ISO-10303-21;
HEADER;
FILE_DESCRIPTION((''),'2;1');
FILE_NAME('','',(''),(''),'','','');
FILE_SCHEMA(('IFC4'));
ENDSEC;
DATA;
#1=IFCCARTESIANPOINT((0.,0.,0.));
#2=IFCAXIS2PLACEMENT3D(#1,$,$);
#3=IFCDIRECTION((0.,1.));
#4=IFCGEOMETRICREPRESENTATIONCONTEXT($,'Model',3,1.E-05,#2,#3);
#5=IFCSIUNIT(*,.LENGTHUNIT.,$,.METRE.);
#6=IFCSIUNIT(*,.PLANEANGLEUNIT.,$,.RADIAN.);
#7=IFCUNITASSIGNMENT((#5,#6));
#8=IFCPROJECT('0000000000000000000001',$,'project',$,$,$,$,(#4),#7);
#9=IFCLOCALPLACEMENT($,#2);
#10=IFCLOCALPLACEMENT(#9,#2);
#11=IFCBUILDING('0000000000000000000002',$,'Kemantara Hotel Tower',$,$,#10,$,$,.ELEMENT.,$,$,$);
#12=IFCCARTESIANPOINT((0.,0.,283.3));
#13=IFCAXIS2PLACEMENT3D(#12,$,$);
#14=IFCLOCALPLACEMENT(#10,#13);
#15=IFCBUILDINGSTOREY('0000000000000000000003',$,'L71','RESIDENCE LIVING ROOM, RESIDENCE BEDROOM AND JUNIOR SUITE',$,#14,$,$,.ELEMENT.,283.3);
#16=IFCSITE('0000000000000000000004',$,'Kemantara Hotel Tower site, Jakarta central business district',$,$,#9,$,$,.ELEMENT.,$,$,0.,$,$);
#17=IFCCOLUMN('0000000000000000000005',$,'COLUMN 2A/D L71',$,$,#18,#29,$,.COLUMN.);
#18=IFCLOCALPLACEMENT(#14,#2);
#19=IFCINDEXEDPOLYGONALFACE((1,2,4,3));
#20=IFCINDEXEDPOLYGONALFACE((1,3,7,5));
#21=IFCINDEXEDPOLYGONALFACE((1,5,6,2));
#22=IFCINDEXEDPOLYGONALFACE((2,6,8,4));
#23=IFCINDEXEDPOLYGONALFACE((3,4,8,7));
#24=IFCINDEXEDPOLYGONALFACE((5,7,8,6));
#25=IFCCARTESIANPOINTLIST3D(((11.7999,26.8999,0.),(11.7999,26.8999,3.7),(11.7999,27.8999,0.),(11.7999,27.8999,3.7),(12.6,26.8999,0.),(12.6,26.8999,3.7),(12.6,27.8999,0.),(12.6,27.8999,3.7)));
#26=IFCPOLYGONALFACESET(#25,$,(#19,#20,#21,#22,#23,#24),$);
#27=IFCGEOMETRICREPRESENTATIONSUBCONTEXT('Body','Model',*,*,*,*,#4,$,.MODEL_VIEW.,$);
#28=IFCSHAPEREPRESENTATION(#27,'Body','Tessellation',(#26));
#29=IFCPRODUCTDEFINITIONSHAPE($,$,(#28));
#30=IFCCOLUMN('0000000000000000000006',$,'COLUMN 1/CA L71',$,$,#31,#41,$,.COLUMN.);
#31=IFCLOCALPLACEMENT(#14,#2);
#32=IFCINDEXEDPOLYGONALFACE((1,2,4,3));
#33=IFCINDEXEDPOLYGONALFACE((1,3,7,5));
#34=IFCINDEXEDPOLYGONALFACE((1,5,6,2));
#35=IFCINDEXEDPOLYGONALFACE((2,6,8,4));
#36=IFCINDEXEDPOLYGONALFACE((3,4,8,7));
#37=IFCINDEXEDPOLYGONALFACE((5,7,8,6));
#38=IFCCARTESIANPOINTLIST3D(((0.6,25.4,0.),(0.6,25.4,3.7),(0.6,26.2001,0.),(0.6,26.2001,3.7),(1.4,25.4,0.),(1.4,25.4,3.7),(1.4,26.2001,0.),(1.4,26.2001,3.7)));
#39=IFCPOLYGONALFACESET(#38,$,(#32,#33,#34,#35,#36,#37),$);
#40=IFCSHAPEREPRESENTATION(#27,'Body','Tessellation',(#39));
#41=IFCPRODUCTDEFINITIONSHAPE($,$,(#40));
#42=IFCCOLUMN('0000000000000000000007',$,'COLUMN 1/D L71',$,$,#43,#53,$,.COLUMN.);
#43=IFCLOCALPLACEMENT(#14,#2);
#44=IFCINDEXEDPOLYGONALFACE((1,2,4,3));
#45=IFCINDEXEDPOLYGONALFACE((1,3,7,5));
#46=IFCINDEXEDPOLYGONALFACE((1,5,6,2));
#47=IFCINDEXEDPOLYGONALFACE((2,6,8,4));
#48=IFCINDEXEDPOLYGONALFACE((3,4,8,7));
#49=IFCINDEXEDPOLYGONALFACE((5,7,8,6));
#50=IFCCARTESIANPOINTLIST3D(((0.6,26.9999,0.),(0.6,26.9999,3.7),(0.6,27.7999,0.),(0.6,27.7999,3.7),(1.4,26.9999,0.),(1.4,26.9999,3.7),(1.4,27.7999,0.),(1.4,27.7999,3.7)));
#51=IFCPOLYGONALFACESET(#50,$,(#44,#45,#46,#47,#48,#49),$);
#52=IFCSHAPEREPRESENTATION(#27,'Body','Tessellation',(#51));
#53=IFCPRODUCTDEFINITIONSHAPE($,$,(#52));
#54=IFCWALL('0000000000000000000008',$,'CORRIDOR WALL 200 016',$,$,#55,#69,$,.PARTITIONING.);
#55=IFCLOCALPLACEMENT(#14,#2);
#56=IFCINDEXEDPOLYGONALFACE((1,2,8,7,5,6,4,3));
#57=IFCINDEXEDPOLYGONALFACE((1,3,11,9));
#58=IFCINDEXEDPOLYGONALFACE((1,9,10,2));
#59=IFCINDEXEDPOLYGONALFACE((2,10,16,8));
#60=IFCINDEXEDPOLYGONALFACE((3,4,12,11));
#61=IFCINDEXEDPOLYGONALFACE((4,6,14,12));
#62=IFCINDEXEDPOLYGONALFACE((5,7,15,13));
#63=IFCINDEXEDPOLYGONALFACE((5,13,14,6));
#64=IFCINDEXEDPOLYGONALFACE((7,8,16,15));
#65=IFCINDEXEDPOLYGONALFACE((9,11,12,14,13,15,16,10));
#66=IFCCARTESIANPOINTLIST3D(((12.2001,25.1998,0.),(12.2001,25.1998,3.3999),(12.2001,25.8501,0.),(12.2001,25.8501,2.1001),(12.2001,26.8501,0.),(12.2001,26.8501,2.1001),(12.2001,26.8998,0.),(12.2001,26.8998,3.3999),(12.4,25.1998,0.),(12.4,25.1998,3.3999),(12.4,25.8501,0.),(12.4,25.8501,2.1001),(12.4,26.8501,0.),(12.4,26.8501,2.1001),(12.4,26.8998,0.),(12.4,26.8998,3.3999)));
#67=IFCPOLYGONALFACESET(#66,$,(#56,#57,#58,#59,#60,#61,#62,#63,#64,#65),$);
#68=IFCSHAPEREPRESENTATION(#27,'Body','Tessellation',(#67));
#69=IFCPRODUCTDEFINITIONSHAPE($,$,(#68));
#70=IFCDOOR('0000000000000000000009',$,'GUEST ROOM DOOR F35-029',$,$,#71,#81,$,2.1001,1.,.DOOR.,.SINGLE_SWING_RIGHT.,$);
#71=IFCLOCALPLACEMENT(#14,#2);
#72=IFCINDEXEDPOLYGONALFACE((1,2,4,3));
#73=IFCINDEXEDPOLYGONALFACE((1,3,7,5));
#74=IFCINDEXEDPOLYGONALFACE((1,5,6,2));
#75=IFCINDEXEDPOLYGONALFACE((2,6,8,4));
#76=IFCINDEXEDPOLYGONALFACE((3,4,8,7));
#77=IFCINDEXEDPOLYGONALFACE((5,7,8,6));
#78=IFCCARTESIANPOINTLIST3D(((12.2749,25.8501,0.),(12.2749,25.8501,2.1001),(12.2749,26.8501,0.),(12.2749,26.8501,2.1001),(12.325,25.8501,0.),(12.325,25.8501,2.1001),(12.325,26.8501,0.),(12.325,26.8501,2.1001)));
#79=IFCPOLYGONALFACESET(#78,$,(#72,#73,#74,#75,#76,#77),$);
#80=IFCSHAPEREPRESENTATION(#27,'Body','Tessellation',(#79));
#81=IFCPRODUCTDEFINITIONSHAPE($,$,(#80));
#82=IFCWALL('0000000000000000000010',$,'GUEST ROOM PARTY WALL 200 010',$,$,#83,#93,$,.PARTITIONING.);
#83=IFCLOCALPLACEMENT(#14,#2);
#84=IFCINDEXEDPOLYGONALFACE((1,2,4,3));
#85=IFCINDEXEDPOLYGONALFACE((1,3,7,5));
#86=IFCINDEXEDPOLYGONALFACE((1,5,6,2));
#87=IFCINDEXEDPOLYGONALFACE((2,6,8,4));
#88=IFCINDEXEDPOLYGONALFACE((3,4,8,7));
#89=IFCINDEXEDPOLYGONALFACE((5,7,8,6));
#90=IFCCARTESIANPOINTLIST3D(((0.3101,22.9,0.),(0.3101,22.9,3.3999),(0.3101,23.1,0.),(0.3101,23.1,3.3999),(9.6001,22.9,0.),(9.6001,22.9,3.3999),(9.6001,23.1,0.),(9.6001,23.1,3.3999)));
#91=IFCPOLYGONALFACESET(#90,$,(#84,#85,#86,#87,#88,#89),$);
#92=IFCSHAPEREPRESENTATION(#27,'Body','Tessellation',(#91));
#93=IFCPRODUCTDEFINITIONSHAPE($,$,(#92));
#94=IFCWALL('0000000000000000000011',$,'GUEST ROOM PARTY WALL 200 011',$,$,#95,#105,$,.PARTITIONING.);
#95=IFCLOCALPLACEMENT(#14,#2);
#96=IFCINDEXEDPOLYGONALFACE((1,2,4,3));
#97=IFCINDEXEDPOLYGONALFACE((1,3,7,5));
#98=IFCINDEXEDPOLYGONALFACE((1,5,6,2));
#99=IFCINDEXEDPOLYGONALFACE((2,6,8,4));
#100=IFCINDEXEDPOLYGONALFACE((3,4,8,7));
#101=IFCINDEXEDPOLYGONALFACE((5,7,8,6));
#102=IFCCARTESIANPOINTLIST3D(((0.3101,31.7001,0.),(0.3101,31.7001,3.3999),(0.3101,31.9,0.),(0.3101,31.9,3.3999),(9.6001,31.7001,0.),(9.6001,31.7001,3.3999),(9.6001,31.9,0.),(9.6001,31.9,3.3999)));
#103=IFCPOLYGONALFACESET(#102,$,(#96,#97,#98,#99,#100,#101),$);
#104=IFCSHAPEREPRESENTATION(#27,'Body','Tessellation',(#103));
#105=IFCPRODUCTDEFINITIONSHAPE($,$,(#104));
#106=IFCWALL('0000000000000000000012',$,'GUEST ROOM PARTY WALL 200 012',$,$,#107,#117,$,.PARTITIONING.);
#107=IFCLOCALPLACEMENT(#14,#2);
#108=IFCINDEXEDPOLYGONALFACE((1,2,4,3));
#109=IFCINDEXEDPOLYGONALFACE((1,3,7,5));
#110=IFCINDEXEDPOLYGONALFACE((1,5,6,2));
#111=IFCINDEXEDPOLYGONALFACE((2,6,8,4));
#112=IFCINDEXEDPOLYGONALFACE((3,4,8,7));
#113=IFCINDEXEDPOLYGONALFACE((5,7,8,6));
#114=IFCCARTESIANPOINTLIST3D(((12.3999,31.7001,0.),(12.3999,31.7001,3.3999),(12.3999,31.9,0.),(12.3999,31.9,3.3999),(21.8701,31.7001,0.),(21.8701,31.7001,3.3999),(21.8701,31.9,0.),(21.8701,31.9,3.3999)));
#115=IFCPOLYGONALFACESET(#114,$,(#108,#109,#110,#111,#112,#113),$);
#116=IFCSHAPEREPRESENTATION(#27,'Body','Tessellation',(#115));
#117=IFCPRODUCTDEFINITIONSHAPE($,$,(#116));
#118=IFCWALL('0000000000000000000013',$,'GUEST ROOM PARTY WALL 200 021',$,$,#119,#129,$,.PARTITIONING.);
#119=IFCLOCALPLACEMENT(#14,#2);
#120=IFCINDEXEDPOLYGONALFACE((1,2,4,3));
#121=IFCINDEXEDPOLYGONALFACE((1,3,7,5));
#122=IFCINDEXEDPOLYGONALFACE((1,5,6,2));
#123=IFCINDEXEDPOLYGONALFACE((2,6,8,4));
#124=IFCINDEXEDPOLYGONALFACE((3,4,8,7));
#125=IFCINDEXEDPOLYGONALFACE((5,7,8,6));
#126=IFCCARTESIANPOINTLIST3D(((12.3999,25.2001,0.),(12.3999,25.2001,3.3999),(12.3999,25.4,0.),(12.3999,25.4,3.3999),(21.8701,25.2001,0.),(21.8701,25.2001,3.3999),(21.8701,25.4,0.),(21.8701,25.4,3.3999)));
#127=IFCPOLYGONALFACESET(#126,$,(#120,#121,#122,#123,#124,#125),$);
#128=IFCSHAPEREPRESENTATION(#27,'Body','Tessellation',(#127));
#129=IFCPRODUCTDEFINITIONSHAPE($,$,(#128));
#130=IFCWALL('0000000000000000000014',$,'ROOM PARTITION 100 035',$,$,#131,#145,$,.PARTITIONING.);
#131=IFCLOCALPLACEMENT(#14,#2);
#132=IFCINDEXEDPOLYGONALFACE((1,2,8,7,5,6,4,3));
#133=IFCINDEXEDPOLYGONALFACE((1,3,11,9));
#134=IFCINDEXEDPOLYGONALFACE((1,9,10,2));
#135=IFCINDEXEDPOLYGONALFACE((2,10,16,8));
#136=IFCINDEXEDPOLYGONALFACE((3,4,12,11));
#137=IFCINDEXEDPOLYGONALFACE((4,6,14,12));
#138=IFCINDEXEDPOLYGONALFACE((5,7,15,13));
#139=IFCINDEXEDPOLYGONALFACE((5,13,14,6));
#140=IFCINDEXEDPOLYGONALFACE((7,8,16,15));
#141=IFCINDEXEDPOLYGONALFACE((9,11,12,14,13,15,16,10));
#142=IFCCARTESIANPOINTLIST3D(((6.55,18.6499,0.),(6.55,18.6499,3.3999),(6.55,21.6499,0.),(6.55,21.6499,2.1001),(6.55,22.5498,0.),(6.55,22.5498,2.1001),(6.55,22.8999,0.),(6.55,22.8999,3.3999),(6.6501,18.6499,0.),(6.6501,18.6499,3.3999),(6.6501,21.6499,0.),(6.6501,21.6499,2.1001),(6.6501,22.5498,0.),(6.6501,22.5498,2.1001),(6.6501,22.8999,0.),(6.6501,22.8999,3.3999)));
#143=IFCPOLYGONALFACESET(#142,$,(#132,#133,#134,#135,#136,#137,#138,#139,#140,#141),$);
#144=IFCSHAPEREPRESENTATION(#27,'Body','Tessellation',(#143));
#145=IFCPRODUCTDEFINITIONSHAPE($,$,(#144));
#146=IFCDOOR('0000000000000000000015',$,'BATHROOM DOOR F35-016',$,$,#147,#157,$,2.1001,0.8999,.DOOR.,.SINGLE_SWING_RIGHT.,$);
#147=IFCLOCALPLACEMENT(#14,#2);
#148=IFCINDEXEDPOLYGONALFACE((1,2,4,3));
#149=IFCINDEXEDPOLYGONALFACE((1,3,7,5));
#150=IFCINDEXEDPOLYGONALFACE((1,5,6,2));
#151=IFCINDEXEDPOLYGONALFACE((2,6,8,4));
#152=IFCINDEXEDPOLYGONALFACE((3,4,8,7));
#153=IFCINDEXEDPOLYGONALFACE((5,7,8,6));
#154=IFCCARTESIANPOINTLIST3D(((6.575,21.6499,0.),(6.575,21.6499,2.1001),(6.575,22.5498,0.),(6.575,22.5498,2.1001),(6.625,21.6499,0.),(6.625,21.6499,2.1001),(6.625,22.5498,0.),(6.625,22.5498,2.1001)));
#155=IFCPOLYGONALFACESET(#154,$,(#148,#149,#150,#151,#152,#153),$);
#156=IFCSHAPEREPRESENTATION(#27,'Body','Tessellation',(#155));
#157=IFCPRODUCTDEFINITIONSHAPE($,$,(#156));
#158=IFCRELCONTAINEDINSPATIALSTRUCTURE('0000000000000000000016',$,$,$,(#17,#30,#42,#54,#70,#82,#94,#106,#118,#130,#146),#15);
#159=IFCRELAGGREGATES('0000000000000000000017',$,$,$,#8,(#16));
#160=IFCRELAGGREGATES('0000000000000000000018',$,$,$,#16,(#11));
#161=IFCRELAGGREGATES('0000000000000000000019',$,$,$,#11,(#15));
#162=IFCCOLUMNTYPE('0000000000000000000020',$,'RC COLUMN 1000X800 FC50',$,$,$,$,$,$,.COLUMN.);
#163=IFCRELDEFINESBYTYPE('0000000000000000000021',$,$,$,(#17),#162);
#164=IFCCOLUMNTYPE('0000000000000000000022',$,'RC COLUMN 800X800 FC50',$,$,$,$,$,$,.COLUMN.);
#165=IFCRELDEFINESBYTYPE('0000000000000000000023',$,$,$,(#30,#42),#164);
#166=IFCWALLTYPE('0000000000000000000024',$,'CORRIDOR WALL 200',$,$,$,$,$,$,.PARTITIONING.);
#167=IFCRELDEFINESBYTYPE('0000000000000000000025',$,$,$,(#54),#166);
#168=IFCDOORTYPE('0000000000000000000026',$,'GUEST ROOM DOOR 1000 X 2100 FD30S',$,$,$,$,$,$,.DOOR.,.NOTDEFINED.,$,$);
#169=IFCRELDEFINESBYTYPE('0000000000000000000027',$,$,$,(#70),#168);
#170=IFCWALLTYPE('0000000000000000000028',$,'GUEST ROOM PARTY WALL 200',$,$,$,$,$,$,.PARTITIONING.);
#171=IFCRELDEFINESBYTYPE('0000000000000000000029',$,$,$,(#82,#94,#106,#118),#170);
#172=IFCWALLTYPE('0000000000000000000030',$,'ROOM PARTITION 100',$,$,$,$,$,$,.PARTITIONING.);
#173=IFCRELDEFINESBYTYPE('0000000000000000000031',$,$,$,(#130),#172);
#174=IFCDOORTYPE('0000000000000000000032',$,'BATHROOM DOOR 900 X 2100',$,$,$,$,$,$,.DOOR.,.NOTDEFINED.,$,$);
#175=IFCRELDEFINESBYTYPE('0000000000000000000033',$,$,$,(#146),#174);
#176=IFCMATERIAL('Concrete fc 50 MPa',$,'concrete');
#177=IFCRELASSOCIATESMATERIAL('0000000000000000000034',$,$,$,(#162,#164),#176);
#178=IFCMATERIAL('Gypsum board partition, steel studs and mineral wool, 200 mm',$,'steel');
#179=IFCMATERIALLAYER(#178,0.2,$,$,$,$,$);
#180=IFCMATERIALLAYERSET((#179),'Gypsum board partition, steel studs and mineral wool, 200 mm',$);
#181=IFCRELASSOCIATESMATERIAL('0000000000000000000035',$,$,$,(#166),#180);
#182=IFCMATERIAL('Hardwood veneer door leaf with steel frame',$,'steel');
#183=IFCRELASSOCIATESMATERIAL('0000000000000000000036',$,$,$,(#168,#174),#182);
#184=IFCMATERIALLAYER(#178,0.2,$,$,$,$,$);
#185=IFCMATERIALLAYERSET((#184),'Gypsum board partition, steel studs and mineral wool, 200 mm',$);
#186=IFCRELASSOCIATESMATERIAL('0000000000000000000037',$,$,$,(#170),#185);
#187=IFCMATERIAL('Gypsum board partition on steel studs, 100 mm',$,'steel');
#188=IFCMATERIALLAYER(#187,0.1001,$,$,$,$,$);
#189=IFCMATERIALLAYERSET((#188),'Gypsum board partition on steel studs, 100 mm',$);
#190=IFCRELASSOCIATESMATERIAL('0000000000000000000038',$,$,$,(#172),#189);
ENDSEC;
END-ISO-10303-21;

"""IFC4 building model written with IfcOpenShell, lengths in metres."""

from ifc_helpers import new_model, si_unit, direction, frame, frame_2d, origin, origin_2d, place, context, subcontext, project, spatial, rectangle, extrude, material, layer, layer_set, material_profile, profile_set, type_object, element, fill, save


model = new_model("IFC4")

# Units and contexts
model_context = context("Model", 3, precision=1e-05, world=origin(), true_north=direction((0.0, 1.0)))
body_context = subcontext(model_context, "Body", "Model", "MODEL_VIEW")
ifc_project = project(units=[si_unit("LENGTHUNIT", "METRE"), si_unit("PLANEANGLEUNIT", "RADIAN")], contexts=[model_context])

# Site, building, storey
site_placement = place(None, origin())
site = spatial("IfcSite", under=ifc_project, at=site_placement, Name="Kemantara Hotel Tower site, Jakarta central business district", CompositionType="ELEMENT", RefElevation=0.0)
building_placement = place(site_placement, origin())
building = spatial("IfcBuilding", under=site, at=building_placement, Name="Kemantara Hotel Tower", CompositionType="ELEMENT")
storey_placement = place(building_placement, frame((0.0, 0.0, 283.3)))
storey = spatial("IfcBuildingStorey", under=building, at=storey_placement, Name="L71", Description="RESIDENCE LIVING ROOM, RESIDENCE BEDROOM AND JUNIOR SUITE", CompositionType="ELEMENT", Elevation=283.3)

# Columns
ifc_material_1 = material(Name="Concrete fc 50 MPa", Category="concrete")
ifc_material_profile_1 = material_profile(ifc_material_1, rectangle(XDim=1.0, YDim=0.8, at=origin_2d()), Name="RC 1000X800")
ifc_profile_set_1 = profile_set([ifc_material_profile_1], Name="Concrete fc 50 MPa")
column_type_1 = type_object("IfcColumnType", Name="RC COLUMN 1000X800 FC50", PredefinedType="COLUMN", material=ifc_profile_set_1)
column_placement = place(storey_placement, frame((12.2, 27.3999, 0.0), z_axis=(0.0, 0.0, 1.0), x_axis=(0.0, 1.0, 0.0)))
element("IfcColumn", 1, at=column_placement, inside=storey, type_object=column_type_1, Name="COLUMN 2A/D L71", PredefinedType="COLUMN", context=body_context, shape_type="SweptSolid", body=[
    extrude(rectangle(XDim=1.0, YDim=0.8, at=origin_2d()), origin(), (0.0, 0.0, 1.0), 3.7),
])
ifc_material_profile_2 = material_profile(ifc_material_1, rectangle(XDim=0.8, YDim=0.8, at=origin_2d()), Name="RC 800X800")
ifc_profile_set_2 = profile_set([ifc_material_profile_2], Name="Concrete fc 50 MPa")
column_type_2 = type_object("IfcColumnType", Name="RC COLUMN 800X800 FC50", PredefinedType="COLUMN", material=ifc_profile_set_2)
for number, where, z_axis, x_axis, name in (
    (2, (1.0, 25.8, 0.0), (0.0, 0.0, 1.0), (1.0, 0.0, 0.0), "COLUMN 1/CA L71"),
    (3, (1.0, 27.3999, 0.0), (0.0, 0.0, 1.0), (1.0, 0.0, 0.0), "COLUMN 1/D L71"),
):
    element("IfcColumn", number, at=place(storey_placement, frame(where, z_axis=z_axis, x_axis=x_axis)), inside=storey, type_object=column_type_2, Name=name, PredefinedType="COLUMN", context=body_context, shape_type="SweptSolid", body=[
        extrude(rectangle(XDim=0.8, YDim=0.8, at=origin_2d()), origin(), (0.0, 0.0, 1.0), 3.7),
    ])

# Wall, opening, door
ifc_material_2 = material(Name="Gypsum board partition, steel studs and mineral wool, 200 mm", Category="steel")
ifc_layer_1 = layer(ifc_material_2, 0.2)
ifc_layer_set_1 = layer_set([ifc_layer_1], Name="Gypsum board partition, steel studs and mineral wool, 200 mm")
wall_type_1 = type_object("IfcWallType", Name="CORRIDOR WALL 200", PredefinedType="PARTITIONING", material=ifc_layer_set_1)
wall_1_placement = place(storey_placement, frame((12.3, 26.8999, 0.0), z_axis=(0.0, 0.0, 1.0), x_axis=(0.0, -1.0, 0.0)))
wall_1 = element("IfcWall", 4, at=wall_1_placement, inside=storey, type_object=wall_type_1, Name="CORRIDOR WALL 200 016", PredefinedType="PARTITIONING", context=body_context, shape_type="SweptSolid", body=[
    extrude(rectangle(XDim=1.7, YDim=0.2, at=frame_2d((0.8501, 0.0))), origin(), (0.0, 0.0, 1.0), 3.3999),
])
opening_1_placement = place(wall_1_placement, frame((0.0498, 0.0, 0.0)))
opening_1 = element("IfcOpeningElement", 5, at=opening_1_placement, cuts=wall_1, PredefinedType="OPENING", context=body_context, shape_type="SweptSolid", body=[
    extrude(rectangle(XDim=1.0, YDim=2.1001, at=frame_2d((0.5, 1.05))), frame((0.0, 0.1099, 0.0), z_axis=(0.0, -1.0, 0.0), x_axis=(1.0, 0.0, 0.0)), (0.0, 0.0, 1.0), 0.22),
])
ifc_material_3 = material(Name="Hardwood veneer door leaf with steel frame", Category="steel")
door_type_1 = type_object("IfcDoorType", Name="GUEST ROOM DOOR 1000 X 2100 FD30S", OperationType="NOTDEFINED", PredefinedType="DOOR", material=ifc_material_3)
door_1_placement = place(opening_1_placement, origin())
door_1 = element("IfcDoor", 6, at=door_1_placement, inside=storey, type_object=door_type_1, Name="GUEST ROOM DOOR F35-029", OperationType="SINGLE_SWING_RIGHT", OverallHeight=2.1001, OverallWidth=1.0, PredefinedType="DOOR", context=body_context, shape_type="SweptSolid", body=[
    extrude(rectangle(XDim=1.0, YDim=2.1001, at=frame_2d((0.5, 1.05))), frame((0.0, 0.0249, 0.0), z_axis=(0.0, -1.0, 0.0), x_axis=(1.0, 0.0, 0.0)), (0.0, 0.0, 1.0), 0.05),
])
fill(opening_1, door_1)

# Walls
ifc_layer_2 = layer(ifc_material_2, 0.2)
ifc_layer_set_2 = layer_set([ifc_layer_2], Name="Gypsum board partition, steel studs and mineral wool, 200 mm")
wall_type_2 = type_object("IfcWallType", Name="GUEST ROOM PARTY WALL 200", PredefinedType="PARTITIONING", material=ifc_layer_set_2)
for number, where, z_axis, x_axis, name in (
    (7, (0.3101, 23.0, 0.0), (0.0, 0.0, 1.0), (1.0, 0.0, 0.0), "GUEST ROOM PARTY WALL 200 010"),
    (8, (0.3101, 31.8, 0.0), (0.0, 0.0, 1.0), (1.0, 0.0, 0.0), "GUEST ROOM PARTY WALL 200 011"),
):
    element("IfcWall", number, at=place(storey_placement, frame(where, z_axis=z_axis, x_axis=x_axis)), inside=storey, type_object=wall_type_2, Name=name, PredefinedType="PARTITIONING", context=body_context, shape_type="SweptSolid", body=[
        extrude(rectangle(XDim=9.29, YDim=0.2, at=frame_2d((4.645, 0.0))), origin(), (0.0, 0.0, 1.0), 3.3999),
    ])
for number, where, z_axis, x_axis, name in (
    (9, (12.3999, 31.8, 0.0), (0.0, 0.0, 1.0), (1.0, 0.0, 0.0), "GUEST ROOM PARTY WALL 200 012"),
    (10, (12.3999, 25.3, 0.0), (0.0, 0.0, 1.0), (1.0, 0.0, 0.0), "GUEST ROOM PARTY WALL 200 021"),
):
    element("IfcWall", number, at=place(storey_placement, frame(where, z_axis=z_axis, x_axis=x_axis)), inside=storey, type_object=wall_type_2, Name=name, PredefinedType="PARTITIONING", context=body_context, shape_type="SweptSolid", body=[
        extrude(rectangle(XDim=9.4702, YDim=0.2, at=frame_2d((4.7351, 0.0))), origin(), (0.0, 0.0, 1.0), 3.3999),
    ])

# Wall, opening, door
ifc_material_4 = material(Name="Gypsum board partition on steel studs, 100 mm", Category="steel")
ifc_layer_3 = layer(ifc_material_4, 0.1001)
ifc_layer_set_3 = layer_set([ifc_layer_3], Name="Gypsum board partition on steel studs, 100 mm")
wall_type_3 = type_object("IfcWallType", Name="ROOM PARTITION 100", PredefinedType="PARTITIONING", material=ifc_layer_set_3)
wall_2_placement = place(storey_placement, frame((6.6001, 22.8999, 0.0), z_axis=(0.0, 0.0, 1.0), x_axis=(0.0, -1.0, 0.0)))
wall_2 = element("IfcWall", 11, at=wall_2_placement, inside=storey, type_object=wall_type_3, Name="ROOM PARTITION 100 035", PredefinedType="PARTITIONING", context=body_context, shape_type="SweptSolid", body=[
    extrude(rectangle(XDim=4.25, YDim=0.1001, at=frame_2d((2.125, 0.0))), origin(), (0.0, 0.0, 1.0), 3.3999),
])
opening_2_placement = place(wall_2_placement, frame((0.3501, 0.0, 0.0)))
opening_2 = element("IfcOpeningElement", 12, at=opening_2_placement, cuts=wall_2, PredefinedType="OPENING", context=body_context, shape_type="SweptSolid", body=[
    extrude(rectangle(XDim=0.8999, YDim=2.1001, at=frame_2d((0.45, 1.05))), frame((0.0, 0.0601, 0.0), z_axis=(0.0, -1.0, 0.0), x_axis=(1.0, 0.0, 0.0)), (0.0, 0.0, 1.0), 0.1201),
])
door_type_2 = type_object("IfcDoorType", Name="BATHROOM DOOR 900 X 2100", OperationType="NOTDEFINED", PredefinedType="DOOR", material=ifc_material_3)
door_2_placement = place(opening_2_placement, origin())
door_2 = element("IfcDoor", 13, at=door_2_placement, inside=storey, type_object=door_type_2, Name="BATHROOM DOOR F35-016", OperationType="SINGLE_SWING_RIGHT", OverallHeight=2.1001, OverallWidth=0.8999, PredefinedType="DOOR", context=body_context, shape_type="SweptSolid", body=[
    extrude(rectangle(XDim=0.8999, YDim=2.1001, at=frame_2d((0.45, 1.05))), frame((0.0, 0.0249, 0.0), z_axis=(0.0, -1.0, 0.0), x_axis=(1.0, 0.0, 0.0)), (0.0, 0.0, 1.0), 0.05),
])
fill(opening_2, door_2)

save(model, "model.ifc")
